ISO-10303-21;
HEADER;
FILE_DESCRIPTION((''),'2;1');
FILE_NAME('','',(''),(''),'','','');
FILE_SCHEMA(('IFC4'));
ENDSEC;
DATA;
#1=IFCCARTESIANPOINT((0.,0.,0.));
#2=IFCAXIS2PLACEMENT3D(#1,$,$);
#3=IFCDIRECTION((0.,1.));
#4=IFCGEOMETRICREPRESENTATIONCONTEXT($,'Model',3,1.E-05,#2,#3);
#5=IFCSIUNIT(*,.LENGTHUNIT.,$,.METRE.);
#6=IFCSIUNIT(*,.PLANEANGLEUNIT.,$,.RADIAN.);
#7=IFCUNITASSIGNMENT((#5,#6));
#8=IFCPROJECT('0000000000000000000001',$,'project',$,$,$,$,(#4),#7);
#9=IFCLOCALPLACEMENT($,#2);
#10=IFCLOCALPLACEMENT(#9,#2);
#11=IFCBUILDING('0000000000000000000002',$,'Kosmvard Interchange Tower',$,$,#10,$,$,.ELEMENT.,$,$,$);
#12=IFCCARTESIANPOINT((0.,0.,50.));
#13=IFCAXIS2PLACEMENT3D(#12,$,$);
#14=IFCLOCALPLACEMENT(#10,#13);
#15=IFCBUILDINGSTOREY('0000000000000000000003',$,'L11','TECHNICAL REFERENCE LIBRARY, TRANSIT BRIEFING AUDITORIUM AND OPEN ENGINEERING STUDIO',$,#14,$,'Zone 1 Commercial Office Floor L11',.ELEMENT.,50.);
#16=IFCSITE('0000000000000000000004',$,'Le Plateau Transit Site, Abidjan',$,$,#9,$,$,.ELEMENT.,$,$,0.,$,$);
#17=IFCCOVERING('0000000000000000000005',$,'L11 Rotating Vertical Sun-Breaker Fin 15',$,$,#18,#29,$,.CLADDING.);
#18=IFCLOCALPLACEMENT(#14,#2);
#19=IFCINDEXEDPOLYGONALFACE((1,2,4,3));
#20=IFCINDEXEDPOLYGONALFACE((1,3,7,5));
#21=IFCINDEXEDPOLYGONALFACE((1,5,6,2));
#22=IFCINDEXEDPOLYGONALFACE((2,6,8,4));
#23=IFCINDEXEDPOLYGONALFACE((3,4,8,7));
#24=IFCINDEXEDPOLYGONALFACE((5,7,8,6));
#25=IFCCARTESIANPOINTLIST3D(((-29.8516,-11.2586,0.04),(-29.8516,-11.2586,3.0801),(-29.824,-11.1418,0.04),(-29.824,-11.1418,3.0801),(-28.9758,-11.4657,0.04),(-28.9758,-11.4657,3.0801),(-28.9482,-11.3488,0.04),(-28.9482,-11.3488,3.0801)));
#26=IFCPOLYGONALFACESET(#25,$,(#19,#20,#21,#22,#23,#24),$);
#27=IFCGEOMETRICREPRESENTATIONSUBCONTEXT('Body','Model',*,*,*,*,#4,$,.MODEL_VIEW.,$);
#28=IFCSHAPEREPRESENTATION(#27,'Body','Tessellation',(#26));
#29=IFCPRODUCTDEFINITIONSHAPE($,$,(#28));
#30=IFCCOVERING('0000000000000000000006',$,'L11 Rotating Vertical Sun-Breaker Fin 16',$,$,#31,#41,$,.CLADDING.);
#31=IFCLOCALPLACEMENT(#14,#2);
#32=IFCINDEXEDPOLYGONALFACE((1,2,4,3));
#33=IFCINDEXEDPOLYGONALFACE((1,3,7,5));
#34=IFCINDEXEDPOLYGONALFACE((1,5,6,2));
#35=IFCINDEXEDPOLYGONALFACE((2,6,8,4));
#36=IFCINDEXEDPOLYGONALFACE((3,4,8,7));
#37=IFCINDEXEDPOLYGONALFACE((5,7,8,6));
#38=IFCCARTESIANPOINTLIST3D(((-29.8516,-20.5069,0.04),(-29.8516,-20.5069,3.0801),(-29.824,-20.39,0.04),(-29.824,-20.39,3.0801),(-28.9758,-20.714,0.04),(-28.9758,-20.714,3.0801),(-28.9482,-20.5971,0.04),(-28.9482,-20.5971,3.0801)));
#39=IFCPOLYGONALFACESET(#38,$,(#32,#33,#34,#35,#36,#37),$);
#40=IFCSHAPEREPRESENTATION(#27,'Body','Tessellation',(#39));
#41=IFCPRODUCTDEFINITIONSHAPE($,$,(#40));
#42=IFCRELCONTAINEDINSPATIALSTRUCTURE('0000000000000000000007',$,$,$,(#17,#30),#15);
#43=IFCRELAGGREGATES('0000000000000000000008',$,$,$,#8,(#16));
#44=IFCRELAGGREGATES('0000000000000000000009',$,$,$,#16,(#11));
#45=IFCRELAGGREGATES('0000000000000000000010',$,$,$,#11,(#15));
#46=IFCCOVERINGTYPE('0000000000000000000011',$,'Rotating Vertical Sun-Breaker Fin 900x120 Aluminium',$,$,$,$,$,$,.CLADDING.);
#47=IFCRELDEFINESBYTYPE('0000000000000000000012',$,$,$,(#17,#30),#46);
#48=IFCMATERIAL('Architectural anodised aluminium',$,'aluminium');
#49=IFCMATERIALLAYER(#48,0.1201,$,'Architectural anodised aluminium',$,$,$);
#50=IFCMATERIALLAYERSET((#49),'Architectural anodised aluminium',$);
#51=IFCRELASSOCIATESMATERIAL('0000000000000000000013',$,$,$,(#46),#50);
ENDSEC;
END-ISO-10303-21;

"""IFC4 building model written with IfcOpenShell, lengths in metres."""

from ifc_helpers import new_model, si_unit, direction, frame, origin, origin_2d, place, context, subcontext, project, spatial, rectangle, extrude, source, transform, mapped, material, layer, layer_set, type_object, element, save


model = new_model("IFC4")

# Units and contexts
model_context = context("Model", 3, precision=1e-05, world=origin(), true_north=direction((0.0, 1.0)))
body_context = subcontext(model_context, "Body", "Model", "MODEL_VIEW")
ifc_project = project(units=[si_unit("LENGTHUNIT", "METRE"), si_unit("PLANEANGLEUNIT", "RADIAN")], contexts=[model_context])

# Site, building, storey
site_placement = place(None, origin())
site = spatial("IfcSite", under=ifc_project, at=site_placement, Name="Le Plateau Transit Site, Abidjan", CompositionType="ELEMENT", RefElevation=0.0)
building_placement = place(site_placement, origin())
building = spatial("IfcBuilding", under=site, at=building_placement, Name="Kosmvard Interchange Tower", CompositionType="ELEMENT")
storey_placement = place(building_placement, frame((0.0, 0.0, 50.0)))
storey = spatial("IfcBuildingStorey", under=building, at=storey_placement, Name="L11", Description="TECHNICAL REFERENCE LIBRARY, TRANSIT BRIEFING AUDITORIUM AND OPEN ENGINEERING STUDIO", LongName="Zone 1 Commercial Office Floor L11", CompositionType="ELEMENT", Elevation=50.0)

# Coverings
ifc_material_1 = material(Name="Architectural anodised aluminium", Category="aluminium")
ifc_layer_1 = layer(ifc_material_1, 0.1201, Name="Architectural anodised aluminium")
ifc_layer_set_1 = layer_set([ifc_layer_1], Name="Architectural anodised aluminium")
covering_type = type_object("IfcCoveringType", Name="Rotating Vertical Sun-Breaker Fin 900x120 Aluminium", PredefinedType="CLADDING", material=ifc_layer_set_1)
shared_shape_1 = source(origin(), body_context, "Body", "SweptSolid", [
    extrude(rectangle(XDim=0.8999, YDim=0.1201, at=origin_2d()), origin(), (0.0, 0.0, 1.0), 3.04),
])
for number, where, z_axis, x_axis, name in (
    (1, (-29.3999, -11.3037, 0.04), (0.0, 0.0, 1.0), (-0.973179, 0.23005, 0.0), "L11 Rotating Vertical Sun-Breaker Fin 15"),
    (2, (-29.3999, -20.552, 0.04), (0.0, 0.0, 1.0), (-0.973179, 0.23005, 0.0), "L11 Rotating Vertical Sun-Breaker Fin 16"),
):
    element("IfcCovering", number, at=place(storey_placement, frame(where, z_axis=z_axis, x_axis=x_axis)), inside=storey, type_object=covering_type, Name=name, PredefinedType="CLADDING", context=body_context, shape_type="MappedRepresentation", body=[
        mapped(shared_shape_1, transform((0.0, 0.0, 0.0), scale=1.0)),
    ])

save(model, "model.ifc")
